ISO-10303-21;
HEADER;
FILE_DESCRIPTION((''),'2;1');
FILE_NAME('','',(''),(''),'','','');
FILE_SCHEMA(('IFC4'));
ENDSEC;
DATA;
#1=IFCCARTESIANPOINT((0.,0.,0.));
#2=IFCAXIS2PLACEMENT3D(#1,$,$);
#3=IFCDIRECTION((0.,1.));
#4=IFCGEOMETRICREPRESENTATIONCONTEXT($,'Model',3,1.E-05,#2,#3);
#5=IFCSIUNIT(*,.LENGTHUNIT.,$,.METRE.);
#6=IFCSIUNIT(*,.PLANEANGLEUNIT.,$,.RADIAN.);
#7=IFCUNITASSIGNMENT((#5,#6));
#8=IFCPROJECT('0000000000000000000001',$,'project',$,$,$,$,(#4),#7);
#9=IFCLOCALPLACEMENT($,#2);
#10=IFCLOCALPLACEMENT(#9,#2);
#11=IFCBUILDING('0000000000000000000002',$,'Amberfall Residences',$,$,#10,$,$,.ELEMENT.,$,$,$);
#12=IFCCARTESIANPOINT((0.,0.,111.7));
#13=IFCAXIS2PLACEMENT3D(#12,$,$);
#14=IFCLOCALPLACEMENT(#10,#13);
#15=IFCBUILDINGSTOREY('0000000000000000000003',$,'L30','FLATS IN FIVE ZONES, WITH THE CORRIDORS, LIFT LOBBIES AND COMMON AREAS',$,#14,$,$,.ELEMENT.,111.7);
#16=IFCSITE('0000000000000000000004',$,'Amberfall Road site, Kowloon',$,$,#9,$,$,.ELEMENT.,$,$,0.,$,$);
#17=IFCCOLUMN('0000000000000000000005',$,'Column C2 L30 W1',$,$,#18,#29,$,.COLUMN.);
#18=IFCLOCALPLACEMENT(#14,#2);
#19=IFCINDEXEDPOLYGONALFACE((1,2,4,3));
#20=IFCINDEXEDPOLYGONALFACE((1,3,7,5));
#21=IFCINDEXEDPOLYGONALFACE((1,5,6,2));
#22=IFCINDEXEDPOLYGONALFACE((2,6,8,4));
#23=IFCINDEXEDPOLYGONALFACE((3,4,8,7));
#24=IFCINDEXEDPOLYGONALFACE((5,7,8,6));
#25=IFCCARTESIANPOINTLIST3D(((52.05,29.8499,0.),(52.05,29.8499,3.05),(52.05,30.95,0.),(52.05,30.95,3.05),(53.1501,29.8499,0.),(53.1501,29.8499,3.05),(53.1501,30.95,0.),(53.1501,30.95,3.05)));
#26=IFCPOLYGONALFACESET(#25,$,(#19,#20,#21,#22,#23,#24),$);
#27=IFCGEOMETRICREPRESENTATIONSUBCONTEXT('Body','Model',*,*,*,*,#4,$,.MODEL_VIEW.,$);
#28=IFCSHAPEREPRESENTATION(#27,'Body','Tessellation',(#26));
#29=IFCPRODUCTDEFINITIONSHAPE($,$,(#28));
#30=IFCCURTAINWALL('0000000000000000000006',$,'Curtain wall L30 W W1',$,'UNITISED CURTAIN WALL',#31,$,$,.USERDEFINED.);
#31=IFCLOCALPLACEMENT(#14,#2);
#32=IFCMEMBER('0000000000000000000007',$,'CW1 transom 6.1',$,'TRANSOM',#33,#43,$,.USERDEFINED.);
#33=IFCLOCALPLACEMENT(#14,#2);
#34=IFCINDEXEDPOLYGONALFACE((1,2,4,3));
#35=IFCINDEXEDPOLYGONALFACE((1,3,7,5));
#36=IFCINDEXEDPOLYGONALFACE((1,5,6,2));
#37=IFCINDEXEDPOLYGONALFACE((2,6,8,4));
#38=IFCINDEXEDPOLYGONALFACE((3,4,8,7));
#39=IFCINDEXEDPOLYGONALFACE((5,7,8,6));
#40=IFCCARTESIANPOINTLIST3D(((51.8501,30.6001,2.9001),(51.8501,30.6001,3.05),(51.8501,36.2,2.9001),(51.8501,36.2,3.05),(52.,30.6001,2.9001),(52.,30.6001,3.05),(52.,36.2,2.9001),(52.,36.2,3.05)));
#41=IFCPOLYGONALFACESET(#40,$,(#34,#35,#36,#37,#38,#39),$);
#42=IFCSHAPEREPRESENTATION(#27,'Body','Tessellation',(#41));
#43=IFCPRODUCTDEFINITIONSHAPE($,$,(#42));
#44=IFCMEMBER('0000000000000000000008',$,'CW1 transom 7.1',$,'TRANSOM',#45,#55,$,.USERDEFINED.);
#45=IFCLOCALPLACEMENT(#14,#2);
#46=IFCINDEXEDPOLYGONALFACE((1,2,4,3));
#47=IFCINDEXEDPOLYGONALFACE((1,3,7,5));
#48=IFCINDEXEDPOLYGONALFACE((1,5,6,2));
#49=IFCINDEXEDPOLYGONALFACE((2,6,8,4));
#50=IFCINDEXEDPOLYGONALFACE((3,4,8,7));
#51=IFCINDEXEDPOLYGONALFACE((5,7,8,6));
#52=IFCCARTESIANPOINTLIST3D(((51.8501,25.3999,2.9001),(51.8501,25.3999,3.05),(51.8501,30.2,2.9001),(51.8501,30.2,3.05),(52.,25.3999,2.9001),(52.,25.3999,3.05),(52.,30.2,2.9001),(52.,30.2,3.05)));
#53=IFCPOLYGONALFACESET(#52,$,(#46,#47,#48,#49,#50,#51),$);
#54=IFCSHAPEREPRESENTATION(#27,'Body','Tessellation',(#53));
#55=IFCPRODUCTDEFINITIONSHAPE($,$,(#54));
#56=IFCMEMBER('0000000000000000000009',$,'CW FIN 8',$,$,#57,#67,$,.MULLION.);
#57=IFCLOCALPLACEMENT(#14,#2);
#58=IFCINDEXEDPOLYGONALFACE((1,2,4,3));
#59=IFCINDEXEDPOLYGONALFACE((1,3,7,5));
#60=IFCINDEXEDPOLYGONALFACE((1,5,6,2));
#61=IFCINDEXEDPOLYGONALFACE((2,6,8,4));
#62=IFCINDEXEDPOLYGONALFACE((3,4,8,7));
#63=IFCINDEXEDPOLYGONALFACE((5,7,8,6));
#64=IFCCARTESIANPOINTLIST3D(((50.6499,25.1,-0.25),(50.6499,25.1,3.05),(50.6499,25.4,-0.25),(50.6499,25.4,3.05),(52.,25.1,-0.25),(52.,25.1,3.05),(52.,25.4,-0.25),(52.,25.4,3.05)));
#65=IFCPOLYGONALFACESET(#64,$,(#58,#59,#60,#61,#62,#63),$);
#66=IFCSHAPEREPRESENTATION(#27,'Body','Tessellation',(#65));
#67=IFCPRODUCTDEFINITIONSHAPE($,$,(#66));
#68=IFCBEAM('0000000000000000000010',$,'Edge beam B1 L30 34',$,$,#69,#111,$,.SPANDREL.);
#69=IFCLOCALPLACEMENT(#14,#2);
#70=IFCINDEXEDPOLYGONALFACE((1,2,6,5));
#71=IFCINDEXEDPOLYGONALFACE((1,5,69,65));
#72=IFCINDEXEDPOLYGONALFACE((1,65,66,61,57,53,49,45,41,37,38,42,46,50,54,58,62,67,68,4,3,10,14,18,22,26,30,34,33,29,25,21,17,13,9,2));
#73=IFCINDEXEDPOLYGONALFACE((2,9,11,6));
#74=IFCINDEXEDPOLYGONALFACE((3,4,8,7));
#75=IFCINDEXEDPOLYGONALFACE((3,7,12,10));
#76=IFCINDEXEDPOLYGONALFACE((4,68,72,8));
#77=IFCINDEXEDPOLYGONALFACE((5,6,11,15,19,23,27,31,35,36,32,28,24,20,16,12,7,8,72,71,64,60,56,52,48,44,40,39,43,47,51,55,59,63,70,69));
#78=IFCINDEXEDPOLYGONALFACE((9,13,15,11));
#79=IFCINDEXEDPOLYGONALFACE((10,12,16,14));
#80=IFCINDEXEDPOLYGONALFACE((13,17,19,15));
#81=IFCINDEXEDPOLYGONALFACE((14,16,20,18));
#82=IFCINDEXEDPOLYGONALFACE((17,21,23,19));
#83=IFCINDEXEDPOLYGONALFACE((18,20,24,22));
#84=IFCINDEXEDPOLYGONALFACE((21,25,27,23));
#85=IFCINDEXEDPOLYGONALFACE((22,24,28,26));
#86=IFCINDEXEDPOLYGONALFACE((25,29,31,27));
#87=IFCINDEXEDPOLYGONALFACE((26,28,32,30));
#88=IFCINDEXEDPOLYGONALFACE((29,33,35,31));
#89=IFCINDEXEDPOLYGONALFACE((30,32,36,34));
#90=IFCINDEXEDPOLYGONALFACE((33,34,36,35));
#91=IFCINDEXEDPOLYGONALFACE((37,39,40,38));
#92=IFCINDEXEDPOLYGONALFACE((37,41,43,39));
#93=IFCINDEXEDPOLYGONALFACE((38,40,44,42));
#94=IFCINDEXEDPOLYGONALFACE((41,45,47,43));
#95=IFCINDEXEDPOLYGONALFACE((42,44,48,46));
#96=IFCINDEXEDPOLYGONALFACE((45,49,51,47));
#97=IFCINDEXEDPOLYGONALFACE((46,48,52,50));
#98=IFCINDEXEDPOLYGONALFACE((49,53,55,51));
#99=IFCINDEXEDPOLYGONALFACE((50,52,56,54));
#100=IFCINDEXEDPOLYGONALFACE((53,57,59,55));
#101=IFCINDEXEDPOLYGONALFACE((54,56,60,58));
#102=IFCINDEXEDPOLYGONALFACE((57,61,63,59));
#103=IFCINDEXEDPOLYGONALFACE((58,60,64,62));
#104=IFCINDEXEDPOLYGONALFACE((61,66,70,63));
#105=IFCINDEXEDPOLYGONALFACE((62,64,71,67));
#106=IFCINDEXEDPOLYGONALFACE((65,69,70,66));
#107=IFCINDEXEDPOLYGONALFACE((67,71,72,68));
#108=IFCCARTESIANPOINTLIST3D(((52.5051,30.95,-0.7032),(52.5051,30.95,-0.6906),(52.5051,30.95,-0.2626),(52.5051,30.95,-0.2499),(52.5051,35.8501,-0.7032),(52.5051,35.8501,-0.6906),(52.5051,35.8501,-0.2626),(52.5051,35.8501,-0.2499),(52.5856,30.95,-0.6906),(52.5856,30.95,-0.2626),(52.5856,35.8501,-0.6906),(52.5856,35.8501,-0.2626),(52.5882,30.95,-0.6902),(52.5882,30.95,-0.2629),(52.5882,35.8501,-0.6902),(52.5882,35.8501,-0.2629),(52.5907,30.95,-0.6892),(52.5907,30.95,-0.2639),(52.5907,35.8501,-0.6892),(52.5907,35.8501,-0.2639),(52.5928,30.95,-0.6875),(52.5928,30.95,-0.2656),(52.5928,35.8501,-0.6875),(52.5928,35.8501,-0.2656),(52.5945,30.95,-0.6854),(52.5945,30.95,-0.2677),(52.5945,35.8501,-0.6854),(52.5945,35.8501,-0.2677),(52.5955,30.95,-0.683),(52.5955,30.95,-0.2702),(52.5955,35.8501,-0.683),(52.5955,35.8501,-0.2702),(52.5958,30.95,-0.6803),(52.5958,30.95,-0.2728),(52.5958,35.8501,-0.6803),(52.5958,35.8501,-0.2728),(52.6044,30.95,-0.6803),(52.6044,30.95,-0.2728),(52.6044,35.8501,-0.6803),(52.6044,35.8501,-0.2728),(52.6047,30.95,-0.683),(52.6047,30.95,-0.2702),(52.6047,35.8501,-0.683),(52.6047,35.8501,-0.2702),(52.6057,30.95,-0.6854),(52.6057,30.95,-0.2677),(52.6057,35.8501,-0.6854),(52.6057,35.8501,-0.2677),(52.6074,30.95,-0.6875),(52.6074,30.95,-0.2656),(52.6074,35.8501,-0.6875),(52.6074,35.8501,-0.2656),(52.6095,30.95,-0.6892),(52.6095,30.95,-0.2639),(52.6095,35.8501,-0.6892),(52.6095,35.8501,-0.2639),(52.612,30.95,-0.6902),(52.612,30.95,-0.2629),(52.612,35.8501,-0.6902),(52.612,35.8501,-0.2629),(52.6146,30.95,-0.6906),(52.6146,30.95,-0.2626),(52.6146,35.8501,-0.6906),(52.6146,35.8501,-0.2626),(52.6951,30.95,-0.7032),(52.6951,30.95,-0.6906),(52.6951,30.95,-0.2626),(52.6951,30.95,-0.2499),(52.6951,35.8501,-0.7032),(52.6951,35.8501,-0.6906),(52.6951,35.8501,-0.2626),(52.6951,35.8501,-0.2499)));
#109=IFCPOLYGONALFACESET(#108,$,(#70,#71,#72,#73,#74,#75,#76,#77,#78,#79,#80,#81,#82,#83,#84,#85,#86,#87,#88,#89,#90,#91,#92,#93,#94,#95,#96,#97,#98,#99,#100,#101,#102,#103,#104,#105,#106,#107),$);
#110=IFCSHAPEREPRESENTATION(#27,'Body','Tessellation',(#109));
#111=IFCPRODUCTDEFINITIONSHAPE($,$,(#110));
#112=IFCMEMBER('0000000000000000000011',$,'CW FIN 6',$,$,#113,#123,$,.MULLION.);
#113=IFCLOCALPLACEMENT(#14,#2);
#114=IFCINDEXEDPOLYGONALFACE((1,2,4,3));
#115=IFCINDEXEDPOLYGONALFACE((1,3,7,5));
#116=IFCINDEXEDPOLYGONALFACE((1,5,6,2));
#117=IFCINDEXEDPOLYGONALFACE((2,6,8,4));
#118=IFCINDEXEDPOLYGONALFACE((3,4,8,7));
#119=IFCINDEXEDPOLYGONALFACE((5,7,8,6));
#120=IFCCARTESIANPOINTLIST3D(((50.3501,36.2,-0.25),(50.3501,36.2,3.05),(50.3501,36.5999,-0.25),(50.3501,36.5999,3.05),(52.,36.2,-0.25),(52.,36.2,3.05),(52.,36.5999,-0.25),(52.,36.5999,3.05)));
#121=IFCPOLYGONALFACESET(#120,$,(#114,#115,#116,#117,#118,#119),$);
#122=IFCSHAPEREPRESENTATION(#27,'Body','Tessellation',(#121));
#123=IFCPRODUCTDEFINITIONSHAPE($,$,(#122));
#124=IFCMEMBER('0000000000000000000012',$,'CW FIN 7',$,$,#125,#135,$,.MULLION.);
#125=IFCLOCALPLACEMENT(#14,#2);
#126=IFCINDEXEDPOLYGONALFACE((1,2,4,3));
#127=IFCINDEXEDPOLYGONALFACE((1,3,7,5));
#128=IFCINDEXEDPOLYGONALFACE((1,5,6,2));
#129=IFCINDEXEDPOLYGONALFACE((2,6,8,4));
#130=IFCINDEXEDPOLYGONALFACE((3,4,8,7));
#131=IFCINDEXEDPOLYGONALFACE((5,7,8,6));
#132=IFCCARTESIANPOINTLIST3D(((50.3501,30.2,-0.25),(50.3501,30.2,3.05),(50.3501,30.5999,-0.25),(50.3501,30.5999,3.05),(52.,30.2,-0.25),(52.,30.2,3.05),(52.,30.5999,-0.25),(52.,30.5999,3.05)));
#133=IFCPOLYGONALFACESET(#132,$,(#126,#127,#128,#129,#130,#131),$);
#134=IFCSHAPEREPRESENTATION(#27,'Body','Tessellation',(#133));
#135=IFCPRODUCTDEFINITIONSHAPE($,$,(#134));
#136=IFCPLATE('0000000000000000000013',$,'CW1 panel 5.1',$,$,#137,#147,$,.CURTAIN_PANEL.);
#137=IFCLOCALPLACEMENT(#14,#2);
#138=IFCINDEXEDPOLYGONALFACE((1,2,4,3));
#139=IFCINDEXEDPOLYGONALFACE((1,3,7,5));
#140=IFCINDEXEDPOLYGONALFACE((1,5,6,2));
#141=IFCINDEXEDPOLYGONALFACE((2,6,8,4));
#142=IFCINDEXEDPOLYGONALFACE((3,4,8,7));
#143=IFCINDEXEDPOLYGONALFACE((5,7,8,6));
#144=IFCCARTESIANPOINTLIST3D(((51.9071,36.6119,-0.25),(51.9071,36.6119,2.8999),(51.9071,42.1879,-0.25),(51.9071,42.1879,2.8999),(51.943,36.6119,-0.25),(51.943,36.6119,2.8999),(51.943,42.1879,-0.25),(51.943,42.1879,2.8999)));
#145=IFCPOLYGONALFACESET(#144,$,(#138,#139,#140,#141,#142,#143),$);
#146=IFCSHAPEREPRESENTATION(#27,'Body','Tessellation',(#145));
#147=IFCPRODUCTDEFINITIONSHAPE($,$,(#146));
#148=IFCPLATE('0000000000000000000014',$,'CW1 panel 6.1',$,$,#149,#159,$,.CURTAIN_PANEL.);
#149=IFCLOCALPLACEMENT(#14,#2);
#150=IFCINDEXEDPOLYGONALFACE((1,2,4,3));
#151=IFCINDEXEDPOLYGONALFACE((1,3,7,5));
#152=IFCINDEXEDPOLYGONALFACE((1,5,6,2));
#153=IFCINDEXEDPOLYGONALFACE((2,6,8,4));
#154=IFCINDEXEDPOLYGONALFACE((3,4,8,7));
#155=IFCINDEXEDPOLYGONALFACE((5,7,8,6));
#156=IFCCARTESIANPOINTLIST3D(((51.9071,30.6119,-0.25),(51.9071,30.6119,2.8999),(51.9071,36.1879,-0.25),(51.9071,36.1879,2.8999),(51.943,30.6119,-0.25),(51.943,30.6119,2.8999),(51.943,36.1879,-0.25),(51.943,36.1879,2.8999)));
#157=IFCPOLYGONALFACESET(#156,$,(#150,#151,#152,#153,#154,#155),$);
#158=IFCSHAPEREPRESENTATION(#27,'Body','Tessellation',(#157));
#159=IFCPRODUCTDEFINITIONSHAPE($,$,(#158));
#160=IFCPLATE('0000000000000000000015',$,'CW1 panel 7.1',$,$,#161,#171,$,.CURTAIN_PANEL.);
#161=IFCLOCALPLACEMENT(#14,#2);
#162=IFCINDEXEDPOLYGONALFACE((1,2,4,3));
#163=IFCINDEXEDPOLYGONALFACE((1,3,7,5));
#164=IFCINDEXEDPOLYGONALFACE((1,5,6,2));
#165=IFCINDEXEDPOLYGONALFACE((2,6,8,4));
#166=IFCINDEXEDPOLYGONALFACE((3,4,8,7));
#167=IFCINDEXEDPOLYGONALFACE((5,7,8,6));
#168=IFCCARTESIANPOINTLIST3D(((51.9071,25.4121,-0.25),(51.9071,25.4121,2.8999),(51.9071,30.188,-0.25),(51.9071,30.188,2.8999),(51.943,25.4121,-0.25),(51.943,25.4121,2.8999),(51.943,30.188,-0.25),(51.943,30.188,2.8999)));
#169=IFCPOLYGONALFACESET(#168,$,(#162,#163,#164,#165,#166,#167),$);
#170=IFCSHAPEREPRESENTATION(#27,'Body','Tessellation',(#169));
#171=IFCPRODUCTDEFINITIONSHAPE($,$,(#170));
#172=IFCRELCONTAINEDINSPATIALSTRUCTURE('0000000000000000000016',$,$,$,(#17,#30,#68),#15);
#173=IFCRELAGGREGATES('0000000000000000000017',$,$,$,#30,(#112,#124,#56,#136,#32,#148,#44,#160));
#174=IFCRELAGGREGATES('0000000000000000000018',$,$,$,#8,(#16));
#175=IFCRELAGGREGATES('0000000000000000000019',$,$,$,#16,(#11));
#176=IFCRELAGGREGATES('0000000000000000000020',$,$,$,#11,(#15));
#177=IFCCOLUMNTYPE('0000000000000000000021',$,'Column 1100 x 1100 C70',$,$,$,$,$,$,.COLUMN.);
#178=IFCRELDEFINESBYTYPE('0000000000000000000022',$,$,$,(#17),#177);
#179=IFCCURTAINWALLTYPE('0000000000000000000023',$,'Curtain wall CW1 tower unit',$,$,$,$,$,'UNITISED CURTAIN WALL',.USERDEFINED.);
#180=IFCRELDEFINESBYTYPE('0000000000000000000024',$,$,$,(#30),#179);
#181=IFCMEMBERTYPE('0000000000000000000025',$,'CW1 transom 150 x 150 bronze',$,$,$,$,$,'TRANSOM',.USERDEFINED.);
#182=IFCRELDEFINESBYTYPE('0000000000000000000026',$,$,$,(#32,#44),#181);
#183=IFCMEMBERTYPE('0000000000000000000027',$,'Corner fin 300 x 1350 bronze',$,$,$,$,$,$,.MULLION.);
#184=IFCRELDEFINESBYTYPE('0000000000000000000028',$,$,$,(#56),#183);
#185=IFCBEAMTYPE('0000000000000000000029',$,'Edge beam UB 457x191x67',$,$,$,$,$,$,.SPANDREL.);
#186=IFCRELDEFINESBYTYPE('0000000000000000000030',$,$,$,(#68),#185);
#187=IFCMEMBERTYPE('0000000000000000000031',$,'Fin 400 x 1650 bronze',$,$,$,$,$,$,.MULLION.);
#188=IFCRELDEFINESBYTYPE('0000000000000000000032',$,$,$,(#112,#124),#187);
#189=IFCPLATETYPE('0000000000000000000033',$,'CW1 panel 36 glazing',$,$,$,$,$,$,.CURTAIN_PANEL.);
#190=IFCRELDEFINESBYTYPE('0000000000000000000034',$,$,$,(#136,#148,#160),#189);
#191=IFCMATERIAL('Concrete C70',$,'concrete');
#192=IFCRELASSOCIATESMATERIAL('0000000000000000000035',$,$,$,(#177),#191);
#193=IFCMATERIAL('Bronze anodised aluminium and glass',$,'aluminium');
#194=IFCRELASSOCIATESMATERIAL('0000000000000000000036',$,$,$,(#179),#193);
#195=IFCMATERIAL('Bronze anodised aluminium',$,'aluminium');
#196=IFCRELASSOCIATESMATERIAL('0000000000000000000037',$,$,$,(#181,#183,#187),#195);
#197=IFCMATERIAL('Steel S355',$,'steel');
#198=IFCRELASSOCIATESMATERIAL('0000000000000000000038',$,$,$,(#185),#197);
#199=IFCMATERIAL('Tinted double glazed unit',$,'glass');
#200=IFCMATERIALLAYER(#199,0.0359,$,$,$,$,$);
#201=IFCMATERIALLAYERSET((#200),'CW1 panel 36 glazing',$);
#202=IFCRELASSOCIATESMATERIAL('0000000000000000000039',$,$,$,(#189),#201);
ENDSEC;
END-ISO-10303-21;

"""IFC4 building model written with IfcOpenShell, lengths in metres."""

from ifc_helpers import new_model, si_unit, direction, frame, origin, origin_2d, place, context, subcontext, project, spatial, rectangle, i_section, extrude, material, layer, layer_set, material_profile, profile_set, type_object, element, aggregate, save


model = new_model("IFC4")

# Units and contexts
model_context = context("Model", 3, precision=1e-05, world=origin(), true_north=direction((0.0, 1.0)))
body_context = subcontext(model_context, "Body", "Model", "MODEL_VIEW")
ifc_project = project(units=[si_unit("LENGTHUNIT", "METRE"), si_unit("PLANEANGLEUNIT", "RADIAN")], contexts=[model_context])

# Site, building, storey
site_placement = place(None, origin())
site = spatial("IfcSite", under=ifc_project, at=site_placement, Name="Amberfall Road site, Kowloon", CompositionType="ELEMENT", RefElevation=0.0)
building_placement = place(site_placement, origin())
building = spatial("IfcBuilding", under=site, at=building_placement, Name="Amberfall Residences", CompositionType="ELEMENT")
storey_placement = place(building_placement, frame((0.0, 0.0, 111.7)))
storey = spatial("IfcBuildingStorey", under=building, at=storey_placement, Name="L30", Description="FLATS IN FIVE ZONES, WITH THE CORRIDORS, LIFT LOBBIES AND COMMON AREAS", CompositionType="ELEMENT", Elevation=111.7)

# Column
ifc_material_1 = material(Name="Concrete C70", Category="concrete")
ifc_material_profile_1 = material_profile(ifc_material_1, rectangle(XDim=1.1001, YDim=1.1001, at=origin_2d()), Name="Column 1100 x 1100 C70")
ifc_profile_set_1 = profile_set([ifc_material_profile_1], Name="Concrete C70")
column_type = type_object("IfcColumnType", Name="Column 1100 x 1100 C70", PredefinedType="COLUMN", material=ifc_profile_set_1)
column_placement = place(storey_placement, frame((52.6001, 30.3999, 0.0), z_axis=(0.0, 0.0, 1.0), x_axis=(1.0, 0.0, 0.0)))
element("IfcColumn", 1, at=column_placement, inside=storey, type_object=column_type, Name="Column C2 L30 W1", PredefinedType="COLUMN", context=body_context, shape_type="SweptSolid", body=[
    extrude(rectangle(XDim=1.1001, YDim=1.1001, at=origin_2d()), origin(), (0.0, 0.0, 1.0), 3.05),
])

# Curtain wall, members
ifc_material_2 = material(Name="Bronze anodised aluminium and glass", Category="aluminium")
curtain_wall_type = type_object("IfcCurtainWallType", Name="Curtain wall CW1 tower unit", ElementType="UNITISED CURTAIN WALL", PredefinedType="USERDEFINED", material=ifc_material_2)
curtain_wall_placement = place(storey_placement, origin())
curtain_wall = element("IfcCurtainWall", 2, at=curtain_wall_placement, inside=storey, type_object=curtain_wall_type, Name="Curtain wall L30 W W1", ObjectType="UNITISED CURTAIN WALL", PredefinedType="USERDEFINED")
ifc_material_3 = material(Name="Bronze anodised aluminium", Category="aluminium")
ifc_material_profile_2 = material_profile(ifc_material_3, rectangle(XDim=0.1499, YDim=0.1499, at=origin_2d()), Name="CW1 transom 150 x 150 bronze")
ifc_profile_set_2 = profile_set([ifc_material_profile_2], Name="Bronze anodised aluminium")
member_type_1 = type_object("IfcMemberType", Name="CW1 transom 150 x 150 bronze", ElementType="TRANSOM", PredefinedType="USERDEFINED", material=ifc_profile_set_2)
member_1_placement = place(storey_placement, frame((51.925, 36.2, 2.9751), z_axis=(0.0, -1.0, 0.0), x_axis=(1.0, 0.0, 0.0)))
member_1 = element("IfcMember", 3, at=member_1_placement, type_object=member_type_1, Name="CW1 transom 6.1", ObjectType="TRANSOM", PredefinedType="USERDEFINED", context=body_context, shape_type="SweptSolid", body=[
    extrude(rectangle(XDim=0.1499, YDim=0.1499, at=origin_2d()), origin(), (0.0, 0.0, 1.0), 5.5999),
])
member_2_placement = place(storey_placement, frame((51.925, 30.2, 2.9751), z_axis=(0.0, -1.0, 0.0), x_axis=(1.0, 0.0, 0.0)))
member_2 = element("IfcMember", 4, at=member_2_placement, type_object=member_type_1, Name="CW1 transom 7.1", ObjectType="TRANSOM", PredefinedType="USERDEFINED", context=body_context, shape_type="SweptSolid", body=[
    extrude(rectangle(XDim=0.1499, YDim=0.1499, at=origin_2d()), origin(), (0.0, 0.0, 1.0), 4.8),
])
ifc_material_profile_3 = material_profile(ifc_material_3, rectangle(XDim=1.3501, YDim=0.3, at=origin_2d()), Name="Corner fin 300 x 1350 bronze")
ifc_profile_set_3 = profile_set([ifc_material_profile_3], Name="Bronze anodised aluminium")
member_type_2 = type_object("IfcMemberType", Name="Corner fin 300 x 1350 bronze", PredefinedType="MULLION", material=ifc_profile_set_3)
member_3_placement = place(storey_placement, frame((51.325, 25.25, -0.25), z_axis=(0.0, 0.0, 1.0), x_axis=(1.0, 0.0, 0.0)))
member_3 = element("IfcMember", 5, at=member_3_placement, type_object=member_type_2, Name="CW FIN 8", PredefinedType="MULLION", context=body_context, shape_type="SweptSolid", body=[
    extrude(rectangle(XDim=1.3501, YDim=0.3, at=origin_2d()), origin(), (0.0, 0.0, 1.0), 3.3),
])

# Beam
ifc_material_4 = material(Name="Steel S355", Category="steel")
ifc_material_profile_4 = material_profile(ifc_material_4, i_section(OverallWidth=0.1899, OverallDepth=0.4534, WebThickness=0.0085, FlangeThickness=0.0127, FilletRadius=0.0103, at=origin_2d()), Name="UB 457x191x67")
ifc_profile_set_4 = profile_set([ifc_material_profile_4], Name="Steel S355")
beam_type = type_object("IfcBeamType", Name="Edge beam UB 457x191x67", PredefinedType="SPANDREL", material=ifc_profile_set_4)
beam_placement = place(storey_placement, frame((52.6001, 30.95, -0.4766), z_axis=(0.0, 1.0, 0.0), x_axis=(-1.0, 0.0, 0.0)))
element("IfcBeam", 6, at=beam_placement, inside=storey, type_object=beam_type, Name="Edge beam B1 L30 34", PredefinedType="SPANDREL", context=body_context, shape_type="SweptSolid", body=[
    extrude(i_section(OverallWidth=0.1899, OverallDepth=0.4534, WebThickness=0.0085, FlangeThickness=0.0127, FilletRadius=0.0103, at=origin_2d()), origin(), (0.0, 0.0, 1.0), 4.9001),
])

# Members
ifc_material_profile_5 = material_profile(ifc_material_3, rectangle(XDim=1.6499, YDim=0.3999, at=origin_2d()), Name="Fin 400 x 1650 bronze")
ifc_profile_set_5 = profile_set([ifc_material_profile_5], Name="Bronze anodised aluminium")
member_type_3 = type_object("IfcMemberType", Name="Fin 400 x 1650 bronze", PredefinedType="MULLION", material=ifc_profile_set_5)
member_4_placement = place(storey_placement, frame((51.175, 36.3999, -0.25), z_axis=(0.0, 0.0, 1.0), x_axis=(1.0, 0.0, 0.0)))
member_4 = element("IfcMember", 7, at=member_4_placement, type_object=member_type_3, Name="CW FIN 6", PredefinedType="MULLION", context=body_context, shape_type="SweptSolid", body=[
    extrude(rectangle(XDim=1.6499, YDim=0.3999, at=origin_2d()), origin(), (0.0, 0.0, 1.0), 3.3),
])
member_5_placement = place(storey_placement, frame((51.175, 30.3999, -0.25), z_axis=(0.0, 0.0, 1.0), x_axis=(1.0, 0.0, 0.0)))
member_5 = element("IfcMember", 8, at=member_5_placement, type_object=member_type_3, Name="CW FIN 7", PredefinedType="MULLION", context=body_context, shape_type="SweptSolid", body=[
    extrude(rectangle(XDim=1.6499, YDim=0.3999, at=origin_2d()), origin(), (0.0, 0.0, 1.0), 3.3),
])

# Plates
ifc_material_5 = material(Name="Tinted double glazed unit", Category="glass")
ifc_layer_1 = layer(ifc_material_5, 0.0359)
ifc_layer_set_1 = layer_set([ifc_layer_1], Name="CW1 panel 36 glazing")
plate_type = type_object("IfcPlateType", Name="CW1 panel 36 glazing", PredefinedType="CURTAIN_PANEL", material=ifc_layer_set_1)
plate_1_placement = place(storey_placement, frame((51.925, 39.3999, -0.25), z_axis=(0.0, 0.0, 1.0), x_axis=(0.0, -1.0, 0.0)))
plate_1 = element("IfcPlate", 9, at=plate_1_placement, type_object=plate_type, Name="CW1 panel 5.1", PredefinedType="CURTAIN_PANEL", context=body_context, shape_type="SweptSolid", body=[
    extrude(rectangle(XDim=5.5759, YDim=0.0359, at=origin_2d()), origin(), (0.0, 0.0, 1.0), 3.1499),
])
plate_2_placement = place(storey_placement, frame((51.925, 33.3999, -0.25), z_axis=(0.0, 0.0, 1.0), x_axis=(0.0, -1.0, 0.0)))
plate_2 = element("IfcPlate", 10, at=plate_2_placement, type_object=plate_type, Name="CW1 panel 6.1", PredefinedType="CURTAIN_PANEL", context=body_context, shape_type="SweptSolid", body=[
    extrude(rectangle(XDim=5.5759, YDim=0.0359, at=origin_2d()), origin(), (0.0, 0.0, 1.0), 3.1499),
])
plate_3_placement = place(storey_placement, frame((51.925, 27.8, -0.25), z_axis=(0.0, 0.0, 1.0), x_axis=(0.0, -1.0, 0.0)))
plate_3 = element("IfcPlate", 11, at=plate_3_placement, type_object=plate_type, Name="CW1 panel 7.1", PredefinedType="CURTAIN_PANEL", context=body_context, shape_type="SweptSolid", body=[
    extrude(rectangle(XDim=4.7759, YDim=0.0359, at=origin_2d()), origin(), (0.0, 0.0, 1.0), 3.1499),
])
aggregate(curtain_wall, [member_4, member_5, member_3, plate_1, member_1, plate_2, member_2, plate_3])

save(model, "model.ifc")
